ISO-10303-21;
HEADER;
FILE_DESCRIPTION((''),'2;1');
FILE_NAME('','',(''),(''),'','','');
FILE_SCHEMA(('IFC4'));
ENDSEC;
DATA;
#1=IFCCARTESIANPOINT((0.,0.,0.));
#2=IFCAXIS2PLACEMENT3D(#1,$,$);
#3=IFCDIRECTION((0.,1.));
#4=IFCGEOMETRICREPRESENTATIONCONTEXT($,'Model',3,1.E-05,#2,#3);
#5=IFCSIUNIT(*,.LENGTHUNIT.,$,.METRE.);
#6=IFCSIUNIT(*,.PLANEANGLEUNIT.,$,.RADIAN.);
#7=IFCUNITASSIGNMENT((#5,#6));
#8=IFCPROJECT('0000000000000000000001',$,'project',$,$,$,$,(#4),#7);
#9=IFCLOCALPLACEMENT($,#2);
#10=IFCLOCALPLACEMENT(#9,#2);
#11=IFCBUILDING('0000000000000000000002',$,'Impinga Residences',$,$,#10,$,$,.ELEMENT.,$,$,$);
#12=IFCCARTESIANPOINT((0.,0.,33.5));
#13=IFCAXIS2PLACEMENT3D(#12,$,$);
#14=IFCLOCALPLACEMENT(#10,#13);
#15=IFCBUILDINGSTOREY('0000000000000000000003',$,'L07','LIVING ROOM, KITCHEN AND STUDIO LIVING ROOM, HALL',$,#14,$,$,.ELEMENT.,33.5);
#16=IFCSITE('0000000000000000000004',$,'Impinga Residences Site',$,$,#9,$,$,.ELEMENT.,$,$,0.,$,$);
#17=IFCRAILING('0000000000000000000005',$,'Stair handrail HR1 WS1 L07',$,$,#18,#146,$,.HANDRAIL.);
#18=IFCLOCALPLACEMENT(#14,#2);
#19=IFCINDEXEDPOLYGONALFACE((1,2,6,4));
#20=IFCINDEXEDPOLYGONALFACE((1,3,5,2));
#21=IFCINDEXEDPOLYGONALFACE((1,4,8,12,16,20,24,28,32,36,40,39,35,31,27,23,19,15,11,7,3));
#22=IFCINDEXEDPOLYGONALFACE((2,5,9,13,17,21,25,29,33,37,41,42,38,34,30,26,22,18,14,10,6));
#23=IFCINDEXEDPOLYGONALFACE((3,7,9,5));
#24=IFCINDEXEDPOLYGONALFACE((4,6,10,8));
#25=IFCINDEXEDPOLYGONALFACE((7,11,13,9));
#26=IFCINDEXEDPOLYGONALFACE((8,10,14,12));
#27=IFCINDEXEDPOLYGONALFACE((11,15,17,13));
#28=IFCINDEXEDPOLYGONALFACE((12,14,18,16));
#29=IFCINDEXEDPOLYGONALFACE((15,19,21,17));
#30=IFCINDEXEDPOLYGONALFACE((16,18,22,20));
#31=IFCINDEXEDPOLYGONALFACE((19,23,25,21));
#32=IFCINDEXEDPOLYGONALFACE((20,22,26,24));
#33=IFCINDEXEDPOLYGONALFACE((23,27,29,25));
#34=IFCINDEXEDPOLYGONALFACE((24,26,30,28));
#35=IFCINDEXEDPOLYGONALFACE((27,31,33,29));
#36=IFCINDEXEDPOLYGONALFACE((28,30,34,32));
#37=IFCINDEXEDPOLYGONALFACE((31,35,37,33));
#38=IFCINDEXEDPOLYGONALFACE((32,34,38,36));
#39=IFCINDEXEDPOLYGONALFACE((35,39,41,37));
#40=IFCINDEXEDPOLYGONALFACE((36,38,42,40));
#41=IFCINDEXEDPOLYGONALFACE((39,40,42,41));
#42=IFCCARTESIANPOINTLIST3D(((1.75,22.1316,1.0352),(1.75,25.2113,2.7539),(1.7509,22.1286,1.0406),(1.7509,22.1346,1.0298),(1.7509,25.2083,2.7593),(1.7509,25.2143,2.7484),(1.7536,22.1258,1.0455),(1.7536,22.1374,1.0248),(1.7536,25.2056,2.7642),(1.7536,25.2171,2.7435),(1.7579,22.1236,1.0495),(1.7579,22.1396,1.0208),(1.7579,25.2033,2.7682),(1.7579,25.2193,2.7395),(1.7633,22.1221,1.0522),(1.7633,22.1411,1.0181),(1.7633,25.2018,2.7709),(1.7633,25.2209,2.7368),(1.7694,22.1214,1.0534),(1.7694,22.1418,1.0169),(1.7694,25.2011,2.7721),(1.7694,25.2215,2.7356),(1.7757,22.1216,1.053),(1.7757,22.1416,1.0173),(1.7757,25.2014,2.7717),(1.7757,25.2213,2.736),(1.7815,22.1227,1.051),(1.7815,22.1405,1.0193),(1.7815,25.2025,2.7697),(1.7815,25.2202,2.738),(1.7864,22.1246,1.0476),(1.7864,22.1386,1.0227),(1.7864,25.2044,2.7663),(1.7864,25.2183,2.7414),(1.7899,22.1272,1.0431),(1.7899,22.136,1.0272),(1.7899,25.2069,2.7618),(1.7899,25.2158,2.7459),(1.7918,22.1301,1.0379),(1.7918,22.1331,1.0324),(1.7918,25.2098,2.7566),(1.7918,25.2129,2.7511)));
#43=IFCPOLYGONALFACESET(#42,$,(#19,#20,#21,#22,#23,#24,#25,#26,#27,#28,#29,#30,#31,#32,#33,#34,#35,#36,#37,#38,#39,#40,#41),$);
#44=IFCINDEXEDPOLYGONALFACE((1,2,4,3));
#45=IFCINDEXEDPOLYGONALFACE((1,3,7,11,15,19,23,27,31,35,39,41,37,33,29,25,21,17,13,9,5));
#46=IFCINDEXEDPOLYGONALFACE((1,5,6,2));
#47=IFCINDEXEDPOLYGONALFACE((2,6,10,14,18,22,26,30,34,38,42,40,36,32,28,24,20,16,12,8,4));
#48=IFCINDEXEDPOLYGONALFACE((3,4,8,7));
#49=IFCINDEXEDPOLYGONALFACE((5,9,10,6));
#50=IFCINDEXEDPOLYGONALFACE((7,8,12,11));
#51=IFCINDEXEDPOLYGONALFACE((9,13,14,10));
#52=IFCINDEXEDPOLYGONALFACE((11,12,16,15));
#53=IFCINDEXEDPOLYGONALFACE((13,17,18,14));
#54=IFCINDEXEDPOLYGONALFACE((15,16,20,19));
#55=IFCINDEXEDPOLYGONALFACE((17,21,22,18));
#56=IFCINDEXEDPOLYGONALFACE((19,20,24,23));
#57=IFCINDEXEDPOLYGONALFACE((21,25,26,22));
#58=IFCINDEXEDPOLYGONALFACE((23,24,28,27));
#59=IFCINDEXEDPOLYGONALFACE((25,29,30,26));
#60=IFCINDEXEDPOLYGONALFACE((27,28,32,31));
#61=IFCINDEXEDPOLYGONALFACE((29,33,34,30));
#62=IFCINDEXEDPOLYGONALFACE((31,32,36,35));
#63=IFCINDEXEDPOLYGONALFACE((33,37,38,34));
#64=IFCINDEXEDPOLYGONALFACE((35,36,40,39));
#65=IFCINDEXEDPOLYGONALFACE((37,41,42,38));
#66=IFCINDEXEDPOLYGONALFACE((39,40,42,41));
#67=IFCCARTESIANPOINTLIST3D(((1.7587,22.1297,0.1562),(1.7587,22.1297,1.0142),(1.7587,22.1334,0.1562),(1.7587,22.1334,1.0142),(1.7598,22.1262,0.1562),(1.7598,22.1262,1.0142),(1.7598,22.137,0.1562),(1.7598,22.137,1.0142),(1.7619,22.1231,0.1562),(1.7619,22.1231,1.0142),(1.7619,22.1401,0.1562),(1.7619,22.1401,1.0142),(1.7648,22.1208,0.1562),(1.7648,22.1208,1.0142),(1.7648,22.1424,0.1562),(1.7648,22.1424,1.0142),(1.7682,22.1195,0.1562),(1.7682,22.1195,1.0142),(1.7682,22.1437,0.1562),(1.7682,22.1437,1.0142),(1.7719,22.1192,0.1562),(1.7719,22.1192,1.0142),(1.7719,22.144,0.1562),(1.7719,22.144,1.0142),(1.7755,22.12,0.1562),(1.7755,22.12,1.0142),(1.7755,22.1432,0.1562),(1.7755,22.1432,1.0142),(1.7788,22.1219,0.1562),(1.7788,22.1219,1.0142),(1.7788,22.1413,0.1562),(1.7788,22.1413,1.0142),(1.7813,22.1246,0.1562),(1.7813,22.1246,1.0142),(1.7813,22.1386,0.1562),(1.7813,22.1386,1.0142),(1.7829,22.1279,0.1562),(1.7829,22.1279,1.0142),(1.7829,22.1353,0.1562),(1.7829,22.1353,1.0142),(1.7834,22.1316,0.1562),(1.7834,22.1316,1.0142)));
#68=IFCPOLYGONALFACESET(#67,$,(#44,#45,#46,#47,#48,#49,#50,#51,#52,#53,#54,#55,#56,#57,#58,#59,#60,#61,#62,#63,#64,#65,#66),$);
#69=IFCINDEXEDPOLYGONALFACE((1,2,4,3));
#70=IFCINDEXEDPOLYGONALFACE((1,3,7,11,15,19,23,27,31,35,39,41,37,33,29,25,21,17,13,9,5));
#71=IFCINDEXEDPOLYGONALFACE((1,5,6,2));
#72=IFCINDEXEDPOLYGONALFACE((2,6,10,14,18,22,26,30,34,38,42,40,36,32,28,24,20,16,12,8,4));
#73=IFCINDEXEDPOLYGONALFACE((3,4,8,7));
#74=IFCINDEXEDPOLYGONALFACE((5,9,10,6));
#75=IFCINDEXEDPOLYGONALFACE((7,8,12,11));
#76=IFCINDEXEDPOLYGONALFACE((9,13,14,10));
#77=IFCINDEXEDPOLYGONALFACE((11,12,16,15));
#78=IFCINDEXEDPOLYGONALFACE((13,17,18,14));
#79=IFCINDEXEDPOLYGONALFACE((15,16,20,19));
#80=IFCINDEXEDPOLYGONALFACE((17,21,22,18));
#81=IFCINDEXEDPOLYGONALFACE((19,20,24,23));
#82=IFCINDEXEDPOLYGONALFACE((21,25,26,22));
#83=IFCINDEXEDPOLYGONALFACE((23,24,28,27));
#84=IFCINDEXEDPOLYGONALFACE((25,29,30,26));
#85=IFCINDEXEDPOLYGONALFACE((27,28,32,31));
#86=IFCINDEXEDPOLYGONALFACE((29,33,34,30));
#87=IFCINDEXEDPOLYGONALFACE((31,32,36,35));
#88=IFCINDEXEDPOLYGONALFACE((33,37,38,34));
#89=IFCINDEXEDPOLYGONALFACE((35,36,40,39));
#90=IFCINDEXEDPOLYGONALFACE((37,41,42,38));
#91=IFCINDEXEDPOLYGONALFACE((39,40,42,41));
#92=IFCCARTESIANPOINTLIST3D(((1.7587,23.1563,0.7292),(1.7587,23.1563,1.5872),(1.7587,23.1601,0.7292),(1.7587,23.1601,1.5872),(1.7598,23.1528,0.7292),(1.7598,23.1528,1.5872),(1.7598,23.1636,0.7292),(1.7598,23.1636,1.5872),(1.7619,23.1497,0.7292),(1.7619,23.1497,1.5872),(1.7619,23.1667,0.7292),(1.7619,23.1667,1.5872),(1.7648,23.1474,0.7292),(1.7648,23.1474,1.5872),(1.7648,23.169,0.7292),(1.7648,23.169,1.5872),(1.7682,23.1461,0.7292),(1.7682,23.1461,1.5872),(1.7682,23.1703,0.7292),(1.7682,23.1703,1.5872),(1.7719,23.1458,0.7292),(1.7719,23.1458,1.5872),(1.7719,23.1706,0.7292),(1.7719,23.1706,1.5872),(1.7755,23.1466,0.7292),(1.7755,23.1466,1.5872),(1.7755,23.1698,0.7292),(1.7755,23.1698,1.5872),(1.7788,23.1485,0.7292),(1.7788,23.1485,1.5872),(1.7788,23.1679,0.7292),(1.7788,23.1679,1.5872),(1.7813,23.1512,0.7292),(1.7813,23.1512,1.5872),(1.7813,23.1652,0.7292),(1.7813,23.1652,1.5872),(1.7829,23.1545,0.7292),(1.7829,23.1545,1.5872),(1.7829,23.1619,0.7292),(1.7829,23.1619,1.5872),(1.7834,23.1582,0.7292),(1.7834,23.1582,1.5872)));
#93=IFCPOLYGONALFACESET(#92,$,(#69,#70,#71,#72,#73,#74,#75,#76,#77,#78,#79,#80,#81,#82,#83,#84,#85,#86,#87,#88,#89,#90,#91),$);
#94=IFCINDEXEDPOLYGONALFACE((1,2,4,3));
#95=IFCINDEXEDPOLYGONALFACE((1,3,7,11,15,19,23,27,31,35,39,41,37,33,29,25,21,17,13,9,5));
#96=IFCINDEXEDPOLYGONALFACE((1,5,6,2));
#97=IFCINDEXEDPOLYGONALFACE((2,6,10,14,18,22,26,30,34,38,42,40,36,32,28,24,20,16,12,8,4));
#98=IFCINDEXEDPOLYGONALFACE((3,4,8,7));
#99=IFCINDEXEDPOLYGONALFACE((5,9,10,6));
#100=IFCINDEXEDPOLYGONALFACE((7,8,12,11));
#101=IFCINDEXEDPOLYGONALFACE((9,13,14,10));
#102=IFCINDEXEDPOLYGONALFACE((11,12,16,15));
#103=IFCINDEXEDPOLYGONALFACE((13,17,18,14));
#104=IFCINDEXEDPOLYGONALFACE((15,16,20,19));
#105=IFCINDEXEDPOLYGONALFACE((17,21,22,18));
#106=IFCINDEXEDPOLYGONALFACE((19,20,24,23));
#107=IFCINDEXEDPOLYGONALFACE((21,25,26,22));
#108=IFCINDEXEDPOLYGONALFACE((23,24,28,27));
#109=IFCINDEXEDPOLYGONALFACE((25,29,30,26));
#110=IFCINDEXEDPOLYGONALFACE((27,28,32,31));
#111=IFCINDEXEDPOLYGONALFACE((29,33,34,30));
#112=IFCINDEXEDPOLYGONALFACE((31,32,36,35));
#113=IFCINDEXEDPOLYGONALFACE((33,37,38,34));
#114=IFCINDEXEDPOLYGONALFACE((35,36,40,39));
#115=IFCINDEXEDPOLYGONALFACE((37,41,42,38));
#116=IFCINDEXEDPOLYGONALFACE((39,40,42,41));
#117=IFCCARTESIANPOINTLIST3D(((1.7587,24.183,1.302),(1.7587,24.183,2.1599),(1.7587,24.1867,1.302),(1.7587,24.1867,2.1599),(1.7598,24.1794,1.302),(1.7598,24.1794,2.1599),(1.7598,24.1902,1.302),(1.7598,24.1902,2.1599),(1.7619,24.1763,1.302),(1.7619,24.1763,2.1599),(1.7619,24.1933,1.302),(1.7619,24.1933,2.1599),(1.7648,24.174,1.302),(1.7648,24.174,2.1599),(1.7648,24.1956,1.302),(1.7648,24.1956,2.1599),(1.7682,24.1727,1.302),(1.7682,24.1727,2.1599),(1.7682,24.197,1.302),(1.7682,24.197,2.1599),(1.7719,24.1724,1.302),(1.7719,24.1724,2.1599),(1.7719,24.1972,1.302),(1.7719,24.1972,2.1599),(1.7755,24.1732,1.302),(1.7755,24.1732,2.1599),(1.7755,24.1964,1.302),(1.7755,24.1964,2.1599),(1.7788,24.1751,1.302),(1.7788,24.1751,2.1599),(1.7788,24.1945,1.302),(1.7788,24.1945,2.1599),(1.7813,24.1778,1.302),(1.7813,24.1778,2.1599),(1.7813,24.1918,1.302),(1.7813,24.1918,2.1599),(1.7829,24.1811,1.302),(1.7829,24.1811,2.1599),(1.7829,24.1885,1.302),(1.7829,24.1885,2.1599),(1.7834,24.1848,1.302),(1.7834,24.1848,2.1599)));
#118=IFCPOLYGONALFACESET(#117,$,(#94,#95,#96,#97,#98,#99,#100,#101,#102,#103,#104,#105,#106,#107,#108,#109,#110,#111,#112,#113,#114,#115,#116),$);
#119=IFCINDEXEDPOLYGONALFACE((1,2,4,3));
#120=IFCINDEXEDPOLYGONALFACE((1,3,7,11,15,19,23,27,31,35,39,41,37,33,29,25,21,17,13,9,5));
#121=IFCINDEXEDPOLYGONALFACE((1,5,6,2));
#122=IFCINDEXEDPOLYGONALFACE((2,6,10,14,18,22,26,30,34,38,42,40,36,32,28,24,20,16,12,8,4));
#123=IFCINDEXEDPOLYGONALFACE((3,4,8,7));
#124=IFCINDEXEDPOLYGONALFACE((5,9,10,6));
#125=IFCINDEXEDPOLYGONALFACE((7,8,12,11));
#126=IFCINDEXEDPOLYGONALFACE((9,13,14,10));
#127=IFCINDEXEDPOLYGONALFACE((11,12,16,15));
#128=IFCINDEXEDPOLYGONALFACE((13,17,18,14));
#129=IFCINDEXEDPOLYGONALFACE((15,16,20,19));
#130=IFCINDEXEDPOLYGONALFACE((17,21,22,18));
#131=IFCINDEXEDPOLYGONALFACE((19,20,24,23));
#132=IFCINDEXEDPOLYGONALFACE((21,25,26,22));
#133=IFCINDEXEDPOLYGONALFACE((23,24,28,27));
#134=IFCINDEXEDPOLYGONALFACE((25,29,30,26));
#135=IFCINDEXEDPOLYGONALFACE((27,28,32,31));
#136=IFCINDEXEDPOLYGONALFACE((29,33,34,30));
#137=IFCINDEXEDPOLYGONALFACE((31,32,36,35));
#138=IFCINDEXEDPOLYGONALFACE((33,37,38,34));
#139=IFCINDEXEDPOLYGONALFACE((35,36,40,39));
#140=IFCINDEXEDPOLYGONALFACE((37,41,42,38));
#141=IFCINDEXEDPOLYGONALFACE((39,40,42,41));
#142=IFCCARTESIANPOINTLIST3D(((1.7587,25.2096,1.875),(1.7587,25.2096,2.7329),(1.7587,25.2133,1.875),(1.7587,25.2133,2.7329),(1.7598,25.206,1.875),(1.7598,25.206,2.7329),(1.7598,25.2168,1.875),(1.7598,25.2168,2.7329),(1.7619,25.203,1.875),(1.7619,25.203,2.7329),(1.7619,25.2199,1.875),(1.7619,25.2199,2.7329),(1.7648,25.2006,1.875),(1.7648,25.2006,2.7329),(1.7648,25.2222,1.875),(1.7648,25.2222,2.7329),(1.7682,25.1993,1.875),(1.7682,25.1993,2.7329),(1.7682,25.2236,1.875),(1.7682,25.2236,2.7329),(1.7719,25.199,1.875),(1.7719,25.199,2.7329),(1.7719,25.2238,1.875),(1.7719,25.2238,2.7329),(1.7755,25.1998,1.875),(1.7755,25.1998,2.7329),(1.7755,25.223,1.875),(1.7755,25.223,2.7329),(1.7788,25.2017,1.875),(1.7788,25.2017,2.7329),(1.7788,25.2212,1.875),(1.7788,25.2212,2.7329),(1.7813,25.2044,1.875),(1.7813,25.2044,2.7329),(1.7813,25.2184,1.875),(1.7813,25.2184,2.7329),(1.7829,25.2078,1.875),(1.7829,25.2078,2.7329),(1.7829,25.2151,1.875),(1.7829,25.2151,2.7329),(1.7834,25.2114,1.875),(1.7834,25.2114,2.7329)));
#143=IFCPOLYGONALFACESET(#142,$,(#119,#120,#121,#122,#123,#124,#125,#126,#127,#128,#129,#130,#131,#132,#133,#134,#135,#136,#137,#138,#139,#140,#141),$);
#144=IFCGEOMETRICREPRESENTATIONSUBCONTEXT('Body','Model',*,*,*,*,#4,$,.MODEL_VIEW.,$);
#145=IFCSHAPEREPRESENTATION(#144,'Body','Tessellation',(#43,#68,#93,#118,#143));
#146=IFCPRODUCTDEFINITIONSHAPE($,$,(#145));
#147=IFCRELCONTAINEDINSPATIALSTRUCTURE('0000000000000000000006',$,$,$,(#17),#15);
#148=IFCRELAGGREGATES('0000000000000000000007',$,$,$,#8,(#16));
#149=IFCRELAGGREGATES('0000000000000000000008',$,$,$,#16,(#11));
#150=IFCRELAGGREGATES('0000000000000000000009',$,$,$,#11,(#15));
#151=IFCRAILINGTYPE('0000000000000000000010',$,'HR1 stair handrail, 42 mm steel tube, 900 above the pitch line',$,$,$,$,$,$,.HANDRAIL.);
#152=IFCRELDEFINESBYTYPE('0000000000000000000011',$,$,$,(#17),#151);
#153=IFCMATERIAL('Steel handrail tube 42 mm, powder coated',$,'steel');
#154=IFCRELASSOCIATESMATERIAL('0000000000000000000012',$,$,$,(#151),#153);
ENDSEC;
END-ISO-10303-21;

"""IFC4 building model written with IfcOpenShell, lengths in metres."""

from ifc_helpers import new_model, si_unit, direction, frame, origin, origin_2d, place, context, subcontext, project, spatial, circle, extrude, material, type_object, element, save


model = new_model("IFC4")

# Units and contexts
model_context = context("Model", 3, precision=1e-05, world=origin(), true_north=direction((0.0, 1.0)))
body_context = subcontext(model_context, "Body", "Model", "MODEL_VIEW")
ifc_project = project(units=[si_unit("LENGTHUNIT", "METRE"), si_unit("PLANEANGLEUNIT", "RADIAN")], contexts=[model_context])

# Site, building, storey
site_placement = place(None, origin())
site = spatial("IfcSite", under=ifc_project, at=site_placement, Name="Impinga Residences Site", CompositionType="ELEMENT", RefElevation=0.0)
building_placement = place(site_placement, origin())
building = spatial("IfcBuilding", under=site, at=building_placement, Name="Impinga Residences", CompositionType="ELEMENT")
storey_placement = place(building_placement, frame((0.0, 0.0, 33.5)))
storey = spatial("IfcBuildingStorey", under=building, at=storey_placement, Name="L07", Description="LIVING ROOM, KITCHEN AND STUDIO LIVING ROOM, HALL", CompositionType="ELEMENT", Elevation=33.5)

# Railing
ifc_material_1 = material(Name="Steel handrail tube 42 mm, powder coated", Category="steel")
railing_type_1 = type_object("IfcRailingType", Name="HR1 stair handrail, 42 mm steel tube, 900 above the pitch line", PredefinedType="HANDRAIL", material=ifc_material_1)
railing_1_placement = place(storey_placement, frame((1.771, 22.1316, 0.1562)))
element("IfcRailing", 1, at=railing_1_placement, inside=storey, type_object=railing_type_1, Name="Stair handrail HR1 WS1 L07", PredefinedType="HANDRAIL", context=body_context, shape_type="SweptSolid", body=[
    extrude(circle(Radius=0.021, at=origin_2d()), frame((0.0, 0.0, 0.8789), z_axis=(0.0, 0.873225, 0.487317), x_axis=(-1.0, 0.0, 0.0)), (0.0, 0.0, 1.0), 3.5269),
    extrude(circle(Radius=0.0125, at=origin_2d()), origin(), (0.0, 0.0, 1.0), 0.8579),
    extrude(circle(Radius=0.0125, at=origin_2d()), frame((0.0, 1.0266, 0.573)), (0.0, 0.0, 1.0), 0.8579),
    extrude(circle(Radius=0.0125, at=origin_2d()), frame((0.0, 2.0532, 1.1458)), (0.0, 0.0, 1.0), 0.8579),
    extrude(circle(Radius=0.0125, at=origin_2d()), frame((0.0, 3.0798, 1.7188)), (0.0, 0.0, 1.0), 0.8579),
])

save(model, "model.ifc")
